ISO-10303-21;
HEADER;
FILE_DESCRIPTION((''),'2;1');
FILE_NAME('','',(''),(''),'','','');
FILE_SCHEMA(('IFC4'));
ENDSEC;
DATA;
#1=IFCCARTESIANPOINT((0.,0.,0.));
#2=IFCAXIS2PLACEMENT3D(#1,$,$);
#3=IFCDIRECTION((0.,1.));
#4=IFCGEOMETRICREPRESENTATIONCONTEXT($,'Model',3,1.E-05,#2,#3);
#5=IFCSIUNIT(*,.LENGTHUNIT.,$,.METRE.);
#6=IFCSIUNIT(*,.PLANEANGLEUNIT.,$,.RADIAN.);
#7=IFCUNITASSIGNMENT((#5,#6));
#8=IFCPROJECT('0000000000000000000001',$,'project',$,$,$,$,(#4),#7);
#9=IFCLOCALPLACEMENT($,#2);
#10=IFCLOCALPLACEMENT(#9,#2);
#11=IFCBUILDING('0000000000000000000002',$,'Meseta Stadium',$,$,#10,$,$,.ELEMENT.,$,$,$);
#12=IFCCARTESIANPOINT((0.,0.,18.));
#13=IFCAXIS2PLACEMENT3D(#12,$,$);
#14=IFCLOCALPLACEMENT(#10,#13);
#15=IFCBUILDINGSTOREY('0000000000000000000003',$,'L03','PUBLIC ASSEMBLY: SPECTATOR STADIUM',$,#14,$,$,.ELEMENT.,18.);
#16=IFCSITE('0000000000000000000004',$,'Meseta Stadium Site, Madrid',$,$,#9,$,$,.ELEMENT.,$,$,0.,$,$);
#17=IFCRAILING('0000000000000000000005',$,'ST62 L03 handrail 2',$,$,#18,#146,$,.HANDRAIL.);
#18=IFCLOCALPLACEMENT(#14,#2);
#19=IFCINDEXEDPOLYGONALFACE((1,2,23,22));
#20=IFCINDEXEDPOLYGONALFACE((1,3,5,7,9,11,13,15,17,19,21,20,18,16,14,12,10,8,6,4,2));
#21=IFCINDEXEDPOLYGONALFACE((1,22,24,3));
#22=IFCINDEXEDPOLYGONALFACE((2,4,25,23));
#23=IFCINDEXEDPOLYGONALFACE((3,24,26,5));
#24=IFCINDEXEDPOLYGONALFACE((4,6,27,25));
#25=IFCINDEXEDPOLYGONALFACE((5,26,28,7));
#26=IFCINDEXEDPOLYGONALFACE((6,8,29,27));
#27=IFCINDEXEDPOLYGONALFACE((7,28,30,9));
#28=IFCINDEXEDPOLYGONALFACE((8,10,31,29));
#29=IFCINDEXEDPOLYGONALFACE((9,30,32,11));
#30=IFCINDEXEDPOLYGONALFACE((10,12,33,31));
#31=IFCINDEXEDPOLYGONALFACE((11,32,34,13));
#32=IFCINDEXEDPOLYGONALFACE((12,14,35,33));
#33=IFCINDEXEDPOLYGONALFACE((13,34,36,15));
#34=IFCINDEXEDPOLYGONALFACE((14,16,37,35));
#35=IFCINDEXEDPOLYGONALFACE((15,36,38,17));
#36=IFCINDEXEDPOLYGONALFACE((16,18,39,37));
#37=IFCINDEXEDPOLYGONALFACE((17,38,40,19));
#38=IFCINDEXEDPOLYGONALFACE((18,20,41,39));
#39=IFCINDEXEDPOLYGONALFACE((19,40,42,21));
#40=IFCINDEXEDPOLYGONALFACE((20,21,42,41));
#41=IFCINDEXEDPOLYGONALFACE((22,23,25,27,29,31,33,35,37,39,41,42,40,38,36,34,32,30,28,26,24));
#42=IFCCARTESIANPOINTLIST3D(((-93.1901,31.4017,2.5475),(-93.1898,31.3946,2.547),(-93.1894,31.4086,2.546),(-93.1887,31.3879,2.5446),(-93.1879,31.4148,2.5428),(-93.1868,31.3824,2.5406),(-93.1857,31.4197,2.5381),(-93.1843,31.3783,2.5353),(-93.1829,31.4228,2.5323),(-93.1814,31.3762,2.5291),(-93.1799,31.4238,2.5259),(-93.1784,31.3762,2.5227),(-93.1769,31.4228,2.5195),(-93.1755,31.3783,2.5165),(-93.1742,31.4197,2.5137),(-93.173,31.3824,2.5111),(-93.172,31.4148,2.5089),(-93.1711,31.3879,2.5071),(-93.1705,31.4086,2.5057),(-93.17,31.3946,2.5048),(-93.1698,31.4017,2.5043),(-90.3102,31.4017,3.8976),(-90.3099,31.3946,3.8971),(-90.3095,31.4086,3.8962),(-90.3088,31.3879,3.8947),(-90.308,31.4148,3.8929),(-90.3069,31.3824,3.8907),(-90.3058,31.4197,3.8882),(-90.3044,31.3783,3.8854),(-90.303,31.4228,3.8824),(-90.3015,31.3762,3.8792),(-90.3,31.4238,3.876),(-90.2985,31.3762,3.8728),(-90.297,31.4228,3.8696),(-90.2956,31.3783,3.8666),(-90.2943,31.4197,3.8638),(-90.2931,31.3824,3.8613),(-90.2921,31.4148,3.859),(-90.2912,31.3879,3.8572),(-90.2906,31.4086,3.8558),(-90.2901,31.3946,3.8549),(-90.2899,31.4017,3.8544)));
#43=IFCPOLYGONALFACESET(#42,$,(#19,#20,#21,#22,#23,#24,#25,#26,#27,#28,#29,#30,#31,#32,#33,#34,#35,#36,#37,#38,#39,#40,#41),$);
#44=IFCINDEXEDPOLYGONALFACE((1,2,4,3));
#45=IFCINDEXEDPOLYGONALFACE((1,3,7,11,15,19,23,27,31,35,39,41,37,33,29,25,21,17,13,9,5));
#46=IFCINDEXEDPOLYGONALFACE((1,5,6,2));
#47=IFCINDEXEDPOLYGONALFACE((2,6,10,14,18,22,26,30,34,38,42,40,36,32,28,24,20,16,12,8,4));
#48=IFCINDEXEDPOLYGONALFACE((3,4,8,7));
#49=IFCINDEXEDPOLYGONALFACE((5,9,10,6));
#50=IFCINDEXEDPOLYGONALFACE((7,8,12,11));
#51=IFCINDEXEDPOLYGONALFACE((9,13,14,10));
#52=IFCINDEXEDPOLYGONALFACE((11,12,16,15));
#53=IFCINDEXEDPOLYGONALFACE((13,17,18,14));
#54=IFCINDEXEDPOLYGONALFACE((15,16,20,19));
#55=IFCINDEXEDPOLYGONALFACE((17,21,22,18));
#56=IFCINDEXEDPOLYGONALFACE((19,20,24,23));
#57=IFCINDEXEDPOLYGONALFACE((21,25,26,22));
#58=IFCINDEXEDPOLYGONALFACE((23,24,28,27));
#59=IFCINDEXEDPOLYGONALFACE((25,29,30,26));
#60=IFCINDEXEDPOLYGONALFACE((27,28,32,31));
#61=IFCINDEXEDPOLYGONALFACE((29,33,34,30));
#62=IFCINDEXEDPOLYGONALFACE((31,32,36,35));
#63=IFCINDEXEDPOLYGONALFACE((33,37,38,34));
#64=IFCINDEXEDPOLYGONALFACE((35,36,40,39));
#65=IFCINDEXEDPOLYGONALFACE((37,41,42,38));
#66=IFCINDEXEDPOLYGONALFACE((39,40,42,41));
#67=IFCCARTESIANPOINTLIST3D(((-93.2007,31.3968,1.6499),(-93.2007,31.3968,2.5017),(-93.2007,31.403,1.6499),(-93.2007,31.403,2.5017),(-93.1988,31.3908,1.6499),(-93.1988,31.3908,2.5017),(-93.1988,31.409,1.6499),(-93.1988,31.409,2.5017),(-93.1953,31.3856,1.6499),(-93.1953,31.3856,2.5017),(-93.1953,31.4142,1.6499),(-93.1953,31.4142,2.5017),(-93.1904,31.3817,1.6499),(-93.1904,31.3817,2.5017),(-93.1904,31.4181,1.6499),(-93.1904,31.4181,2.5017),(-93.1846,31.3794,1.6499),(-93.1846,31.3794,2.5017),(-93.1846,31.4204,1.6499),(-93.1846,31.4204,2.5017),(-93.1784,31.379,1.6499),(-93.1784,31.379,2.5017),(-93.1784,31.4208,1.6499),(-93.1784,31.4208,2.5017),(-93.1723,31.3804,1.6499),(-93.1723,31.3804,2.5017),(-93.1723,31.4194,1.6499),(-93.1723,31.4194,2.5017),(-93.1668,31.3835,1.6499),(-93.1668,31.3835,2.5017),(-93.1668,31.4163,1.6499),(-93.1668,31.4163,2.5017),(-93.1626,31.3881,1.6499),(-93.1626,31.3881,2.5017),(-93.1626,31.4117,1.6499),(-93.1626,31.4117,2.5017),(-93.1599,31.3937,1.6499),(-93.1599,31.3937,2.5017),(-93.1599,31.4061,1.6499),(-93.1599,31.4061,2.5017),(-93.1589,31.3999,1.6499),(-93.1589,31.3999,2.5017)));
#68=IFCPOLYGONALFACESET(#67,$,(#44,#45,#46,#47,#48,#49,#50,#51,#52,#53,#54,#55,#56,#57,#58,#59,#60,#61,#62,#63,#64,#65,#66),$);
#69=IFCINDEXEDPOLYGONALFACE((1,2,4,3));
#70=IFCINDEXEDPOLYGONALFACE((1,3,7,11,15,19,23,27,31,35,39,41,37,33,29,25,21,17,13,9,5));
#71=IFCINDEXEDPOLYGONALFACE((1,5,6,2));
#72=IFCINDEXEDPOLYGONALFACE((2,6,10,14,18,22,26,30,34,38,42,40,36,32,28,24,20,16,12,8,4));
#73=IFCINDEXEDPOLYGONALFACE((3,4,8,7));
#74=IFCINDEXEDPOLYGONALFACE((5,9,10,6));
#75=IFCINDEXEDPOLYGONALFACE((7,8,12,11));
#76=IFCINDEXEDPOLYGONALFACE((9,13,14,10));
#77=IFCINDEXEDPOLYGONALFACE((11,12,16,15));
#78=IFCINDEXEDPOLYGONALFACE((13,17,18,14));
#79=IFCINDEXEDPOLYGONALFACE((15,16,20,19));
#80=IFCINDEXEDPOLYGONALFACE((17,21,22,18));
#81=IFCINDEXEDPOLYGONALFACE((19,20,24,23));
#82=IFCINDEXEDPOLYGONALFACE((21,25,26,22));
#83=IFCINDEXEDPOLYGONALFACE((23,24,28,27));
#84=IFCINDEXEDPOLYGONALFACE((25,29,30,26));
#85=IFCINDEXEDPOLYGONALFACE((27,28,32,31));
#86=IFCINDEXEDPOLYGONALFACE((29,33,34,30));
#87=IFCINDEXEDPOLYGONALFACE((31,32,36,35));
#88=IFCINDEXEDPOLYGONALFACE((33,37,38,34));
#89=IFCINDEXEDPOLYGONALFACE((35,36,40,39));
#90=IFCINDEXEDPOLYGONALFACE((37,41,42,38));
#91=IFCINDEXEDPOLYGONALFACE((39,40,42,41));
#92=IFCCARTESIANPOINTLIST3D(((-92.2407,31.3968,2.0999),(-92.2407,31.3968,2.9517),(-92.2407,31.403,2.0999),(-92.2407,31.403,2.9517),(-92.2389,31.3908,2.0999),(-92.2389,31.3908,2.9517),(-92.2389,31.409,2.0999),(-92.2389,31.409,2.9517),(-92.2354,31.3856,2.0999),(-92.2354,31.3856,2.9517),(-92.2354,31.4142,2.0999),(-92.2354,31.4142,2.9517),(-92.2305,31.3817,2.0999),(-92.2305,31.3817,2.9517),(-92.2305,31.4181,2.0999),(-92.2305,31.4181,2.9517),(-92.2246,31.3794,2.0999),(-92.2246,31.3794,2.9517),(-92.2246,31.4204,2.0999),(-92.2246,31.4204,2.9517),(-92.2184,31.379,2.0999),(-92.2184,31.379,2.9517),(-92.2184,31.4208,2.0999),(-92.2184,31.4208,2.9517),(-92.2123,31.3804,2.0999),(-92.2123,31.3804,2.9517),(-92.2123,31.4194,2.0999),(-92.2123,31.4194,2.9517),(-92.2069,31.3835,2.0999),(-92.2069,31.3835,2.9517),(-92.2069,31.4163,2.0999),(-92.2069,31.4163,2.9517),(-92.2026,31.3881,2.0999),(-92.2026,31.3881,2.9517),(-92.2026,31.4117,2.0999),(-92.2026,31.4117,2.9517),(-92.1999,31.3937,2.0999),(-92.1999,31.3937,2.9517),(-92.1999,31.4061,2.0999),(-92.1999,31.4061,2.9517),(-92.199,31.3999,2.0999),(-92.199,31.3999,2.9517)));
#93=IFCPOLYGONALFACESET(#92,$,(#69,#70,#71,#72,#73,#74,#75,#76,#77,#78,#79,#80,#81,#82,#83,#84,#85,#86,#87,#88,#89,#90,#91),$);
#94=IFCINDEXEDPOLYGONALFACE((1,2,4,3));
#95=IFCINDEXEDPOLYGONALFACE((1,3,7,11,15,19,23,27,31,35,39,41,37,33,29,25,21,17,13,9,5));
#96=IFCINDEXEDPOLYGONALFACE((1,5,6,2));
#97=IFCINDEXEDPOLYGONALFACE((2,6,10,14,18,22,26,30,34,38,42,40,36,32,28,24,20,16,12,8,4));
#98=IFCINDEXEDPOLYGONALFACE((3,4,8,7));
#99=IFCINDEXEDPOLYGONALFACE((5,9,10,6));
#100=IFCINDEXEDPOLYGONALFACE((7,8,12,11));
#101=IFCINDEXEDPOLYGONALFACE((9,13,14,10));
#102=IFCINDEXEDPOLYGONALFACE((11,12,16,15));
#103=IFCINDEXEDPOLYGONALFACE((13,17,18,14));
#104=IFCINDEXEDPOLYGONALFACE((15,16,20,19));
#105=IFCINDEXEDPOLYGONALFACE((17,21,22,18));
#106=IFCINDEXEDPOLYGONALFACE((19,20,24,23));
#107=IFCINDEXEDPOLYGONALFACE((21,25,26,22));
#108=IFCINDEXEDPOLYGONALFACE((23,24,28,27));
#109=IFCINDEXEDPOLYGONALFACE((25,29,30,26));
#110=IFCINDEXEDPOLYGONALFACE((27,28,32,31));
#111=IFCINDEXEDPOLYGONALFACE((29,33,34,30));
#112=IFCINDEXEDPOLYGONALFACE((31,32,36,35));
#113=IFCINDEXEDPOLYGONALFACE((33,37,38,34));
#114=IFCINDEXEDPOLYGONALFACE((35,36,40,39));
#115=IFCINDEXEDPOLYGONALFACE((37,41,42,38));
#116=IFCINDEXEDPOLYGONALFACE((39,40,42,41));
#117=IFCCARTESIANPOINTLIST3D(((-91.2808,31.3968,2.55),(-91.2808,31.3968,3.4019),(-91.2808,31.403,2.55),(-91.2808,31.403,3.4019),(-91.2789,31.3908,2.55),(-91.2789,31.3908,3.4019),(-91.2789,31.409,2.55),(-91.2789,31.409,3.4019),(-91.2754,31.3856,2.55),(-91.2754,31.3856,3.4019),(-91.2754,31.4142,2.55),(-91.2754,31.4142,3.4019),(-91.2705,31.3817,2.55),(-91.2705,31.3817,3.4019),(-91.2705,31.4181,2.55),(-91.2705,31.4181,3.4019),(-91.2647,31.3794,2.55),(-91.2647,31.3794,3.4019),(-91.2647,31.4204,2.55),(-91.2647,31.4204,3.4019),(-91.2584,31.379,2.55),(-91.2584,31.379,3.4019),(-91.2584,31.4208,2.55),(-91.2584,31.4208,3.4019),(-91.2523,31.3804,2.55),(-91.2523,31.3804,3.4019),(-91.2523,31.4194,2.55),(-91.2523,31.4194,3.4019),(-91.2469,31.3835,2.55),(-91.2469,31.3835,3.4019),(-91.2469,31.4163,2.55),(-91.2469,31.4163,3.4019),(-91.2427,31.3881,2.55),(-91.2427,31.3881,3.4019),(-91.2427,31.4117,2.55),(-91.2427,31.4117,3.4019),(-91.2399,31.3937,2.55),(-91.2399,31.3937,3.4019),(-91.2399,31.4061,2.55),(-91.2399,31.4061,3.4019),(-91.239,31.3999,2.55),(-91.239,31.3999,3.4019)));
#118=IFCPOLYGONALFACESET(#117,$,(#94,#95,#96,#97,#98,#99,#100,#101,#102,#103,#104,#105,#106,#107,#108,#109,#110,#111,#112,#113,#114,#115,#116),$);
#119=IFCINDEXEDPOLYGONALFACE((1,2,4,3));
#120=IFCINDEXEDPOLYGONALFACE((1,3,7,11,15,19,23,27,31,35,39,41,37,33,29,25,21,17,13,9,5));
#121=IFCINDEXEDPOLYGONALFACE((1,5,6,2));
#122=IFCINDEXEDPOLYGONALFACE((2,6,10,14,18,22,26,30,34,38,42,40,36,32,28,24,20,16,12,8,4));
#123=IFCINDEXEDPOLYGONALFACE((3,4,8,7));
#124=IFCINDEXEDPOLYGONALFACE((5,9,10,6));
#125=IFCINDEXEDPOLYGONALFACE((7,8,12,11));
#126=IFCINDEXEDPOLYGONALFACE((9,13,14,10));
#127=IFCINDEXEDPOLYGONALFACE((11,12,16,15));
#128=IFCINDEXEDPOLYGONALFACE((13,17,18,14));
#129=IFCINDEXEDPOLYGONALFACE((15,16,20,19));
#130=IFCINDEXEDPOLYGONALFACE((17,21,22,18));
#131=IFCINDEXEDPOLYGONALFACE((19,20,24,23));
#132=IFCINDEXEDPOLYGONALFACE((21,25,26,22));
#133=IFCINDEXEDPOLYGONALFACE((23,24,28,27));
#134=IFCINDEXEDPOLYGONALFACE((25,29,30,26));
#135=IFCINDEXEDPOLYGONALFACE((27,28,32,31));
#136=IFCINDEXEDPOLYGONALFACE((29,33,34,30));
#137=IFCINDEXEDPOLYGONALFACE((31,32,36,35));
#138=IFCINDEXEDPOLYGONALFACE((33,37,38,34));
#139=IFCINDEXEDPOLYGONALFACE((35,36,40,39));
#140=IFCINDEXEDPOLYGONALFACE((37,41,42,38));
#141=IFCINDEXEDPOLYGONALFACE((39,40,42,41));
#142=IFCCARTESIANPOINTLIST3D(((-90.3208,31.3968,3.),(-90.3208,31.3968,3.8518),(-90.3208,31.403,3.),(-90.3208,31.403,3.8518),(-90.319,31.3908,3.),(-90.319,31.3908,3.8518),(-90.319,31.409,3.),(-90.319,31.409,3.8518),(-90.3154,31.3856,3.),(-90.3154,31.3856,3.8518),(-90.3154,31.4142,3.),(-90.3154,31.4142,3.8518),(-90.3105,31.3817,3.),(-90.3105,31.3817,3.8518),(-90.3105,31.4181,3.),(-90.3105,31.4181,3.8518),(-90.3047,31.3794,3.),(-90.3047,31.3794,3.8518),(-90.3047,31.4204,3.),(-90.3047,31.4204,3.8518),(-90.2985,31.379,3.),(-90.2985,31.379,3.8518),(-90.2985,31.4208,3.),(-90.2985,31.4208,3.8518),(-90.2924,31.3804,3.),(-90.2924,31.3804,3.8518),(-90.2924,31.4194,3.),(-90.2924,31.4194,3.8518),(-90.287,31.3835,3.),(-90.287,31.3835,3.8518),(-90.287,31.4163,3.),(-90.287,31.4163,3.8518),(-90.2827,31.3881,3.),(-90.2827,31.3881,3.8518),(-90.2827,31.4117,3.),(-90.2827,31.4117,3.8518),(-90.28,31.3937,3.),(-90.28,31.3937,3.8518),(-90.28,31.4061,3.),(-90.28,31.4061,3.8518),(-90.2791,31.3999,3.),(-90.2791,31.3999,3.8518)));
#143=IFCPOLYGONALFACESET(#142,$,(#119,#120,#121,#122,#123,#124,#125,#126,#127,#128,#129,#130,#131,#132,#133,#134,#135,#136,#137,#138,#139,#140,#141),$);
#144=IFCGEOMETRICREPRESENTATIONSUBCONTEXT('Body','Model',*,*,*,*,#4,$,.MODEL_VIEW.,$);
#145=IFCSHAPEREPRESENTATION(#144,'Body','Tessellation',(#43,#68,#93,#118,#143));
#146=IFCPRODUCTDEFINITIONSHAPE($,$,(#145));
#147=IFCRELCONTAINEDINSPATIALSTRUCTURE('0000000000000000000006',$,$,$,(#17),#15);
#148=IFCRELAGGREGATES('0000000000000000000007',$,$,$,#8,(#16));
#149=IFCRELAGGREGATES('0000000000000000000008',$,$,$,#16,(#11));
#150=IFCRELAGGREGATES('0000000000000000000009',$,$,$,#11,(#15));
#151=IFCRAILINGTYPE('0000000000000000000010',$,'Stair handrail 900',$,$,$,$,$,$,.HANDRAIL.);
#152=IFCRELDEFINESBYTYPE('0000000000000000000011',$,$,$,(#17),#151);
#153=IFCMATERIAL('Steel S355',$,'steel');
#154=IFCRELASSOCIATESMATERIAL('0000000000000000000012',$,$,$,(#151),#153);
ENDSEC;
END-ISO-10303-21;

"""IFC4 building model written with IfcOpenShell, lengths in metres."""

from ifc_helpers import new_model, si_unit, direction, frame, origin, origin_2d, place, context, subcontext, project, spatial, circle, extrude, material, type_object, element, save


model = new_model("IFC4")

# Units and contexts
model_context = context("Model", 3, precision=1e-05, world=origin(), true_north=direction((0.0, 1.0)))
body_context = subcontext(model_context, "Body", "Model", "MODEL_VIEW")
ifc_project = project(units=[si_unit("LENGTHUNIT", "METRE"), si_unit("PLANEANGLEUNIT", "RADIAN")], contexts=[model_context])

# Site, building, storey
site_placement = place(None, origin())
site = spatial("IfcSite", under=ifc_project, at=site_placement, Name="Meseta Stadium Site, Madrid", CompositionType="ELEMENT", RefElevation=0.0)
building_placement = place(site_placement, origin())
building = spatial("IfcBuilding", under=site, at=building_placement, Name="Meseta Stadium", CompositionType="ELEMENT")
storey_placement = place(building_placement, frame((0.0, 0.0, 18.0)))
storey = spatial("IfcBuildingStorey", under=building, at=storey_placement, Name="L03", Description="PUBLIC ASSEMBLY: SPECTATOR STADIUM", CompositionType="ELEMENT", Elevation=18.0)

# Railing
ifc_material_1 = material(Name="Steel S355", Category="steel")
railing_type_1 = type_object("IfcRailingType", Name="Stair handrail 900", PredefinedType="HANDRAIL", material=ifc_material_1)
for number, where, name in (
    (1, (-93.1799, 31.3999, 1.6499), "ST62 L03 handrail 2"),
):
    element("IfcRailing", number, at=place(storey_placement, frame(where)), inside=storey, type_object=railing_type_1, Name=name, PredefinedType="HANDRAIL", context=body_context, shape_type="SweptSolid", body=[
        extrude(circle(Radius=0.0239, at=origin_2d()), frame((0.0, 0.0, 0.876), z_axis=(0.90544, 0.0, 0.424473), x_axis=(0.0, 1.0, 0.0)), (0.0, 0.0, 1.0), 3.1807),
        extrude(circle(Radius=0.021, at=origin_2d()), origin(), (0.0, 0.0, 1.0), 0.8518),
        extrude(circle(Radius=0.021, at=origin_2d()), frame((0.96, 0.0, 0.45)), (0.0, 0.0, 1.0), 0.8518),
        extrude(circle(Radius=0.021, at=origin_2d()), frame((1.9199, 0.0, 0.9001)), (0.0, 0.0, 1.0), 0.8518),
        extrude(circle(Radius=0.021, at=origin_2d()), frame((2.8799, 0.0, 1.3501)), (0.0, 0.0, 1.0), 0.8518),
    ])

save(model, "model.ifc")
